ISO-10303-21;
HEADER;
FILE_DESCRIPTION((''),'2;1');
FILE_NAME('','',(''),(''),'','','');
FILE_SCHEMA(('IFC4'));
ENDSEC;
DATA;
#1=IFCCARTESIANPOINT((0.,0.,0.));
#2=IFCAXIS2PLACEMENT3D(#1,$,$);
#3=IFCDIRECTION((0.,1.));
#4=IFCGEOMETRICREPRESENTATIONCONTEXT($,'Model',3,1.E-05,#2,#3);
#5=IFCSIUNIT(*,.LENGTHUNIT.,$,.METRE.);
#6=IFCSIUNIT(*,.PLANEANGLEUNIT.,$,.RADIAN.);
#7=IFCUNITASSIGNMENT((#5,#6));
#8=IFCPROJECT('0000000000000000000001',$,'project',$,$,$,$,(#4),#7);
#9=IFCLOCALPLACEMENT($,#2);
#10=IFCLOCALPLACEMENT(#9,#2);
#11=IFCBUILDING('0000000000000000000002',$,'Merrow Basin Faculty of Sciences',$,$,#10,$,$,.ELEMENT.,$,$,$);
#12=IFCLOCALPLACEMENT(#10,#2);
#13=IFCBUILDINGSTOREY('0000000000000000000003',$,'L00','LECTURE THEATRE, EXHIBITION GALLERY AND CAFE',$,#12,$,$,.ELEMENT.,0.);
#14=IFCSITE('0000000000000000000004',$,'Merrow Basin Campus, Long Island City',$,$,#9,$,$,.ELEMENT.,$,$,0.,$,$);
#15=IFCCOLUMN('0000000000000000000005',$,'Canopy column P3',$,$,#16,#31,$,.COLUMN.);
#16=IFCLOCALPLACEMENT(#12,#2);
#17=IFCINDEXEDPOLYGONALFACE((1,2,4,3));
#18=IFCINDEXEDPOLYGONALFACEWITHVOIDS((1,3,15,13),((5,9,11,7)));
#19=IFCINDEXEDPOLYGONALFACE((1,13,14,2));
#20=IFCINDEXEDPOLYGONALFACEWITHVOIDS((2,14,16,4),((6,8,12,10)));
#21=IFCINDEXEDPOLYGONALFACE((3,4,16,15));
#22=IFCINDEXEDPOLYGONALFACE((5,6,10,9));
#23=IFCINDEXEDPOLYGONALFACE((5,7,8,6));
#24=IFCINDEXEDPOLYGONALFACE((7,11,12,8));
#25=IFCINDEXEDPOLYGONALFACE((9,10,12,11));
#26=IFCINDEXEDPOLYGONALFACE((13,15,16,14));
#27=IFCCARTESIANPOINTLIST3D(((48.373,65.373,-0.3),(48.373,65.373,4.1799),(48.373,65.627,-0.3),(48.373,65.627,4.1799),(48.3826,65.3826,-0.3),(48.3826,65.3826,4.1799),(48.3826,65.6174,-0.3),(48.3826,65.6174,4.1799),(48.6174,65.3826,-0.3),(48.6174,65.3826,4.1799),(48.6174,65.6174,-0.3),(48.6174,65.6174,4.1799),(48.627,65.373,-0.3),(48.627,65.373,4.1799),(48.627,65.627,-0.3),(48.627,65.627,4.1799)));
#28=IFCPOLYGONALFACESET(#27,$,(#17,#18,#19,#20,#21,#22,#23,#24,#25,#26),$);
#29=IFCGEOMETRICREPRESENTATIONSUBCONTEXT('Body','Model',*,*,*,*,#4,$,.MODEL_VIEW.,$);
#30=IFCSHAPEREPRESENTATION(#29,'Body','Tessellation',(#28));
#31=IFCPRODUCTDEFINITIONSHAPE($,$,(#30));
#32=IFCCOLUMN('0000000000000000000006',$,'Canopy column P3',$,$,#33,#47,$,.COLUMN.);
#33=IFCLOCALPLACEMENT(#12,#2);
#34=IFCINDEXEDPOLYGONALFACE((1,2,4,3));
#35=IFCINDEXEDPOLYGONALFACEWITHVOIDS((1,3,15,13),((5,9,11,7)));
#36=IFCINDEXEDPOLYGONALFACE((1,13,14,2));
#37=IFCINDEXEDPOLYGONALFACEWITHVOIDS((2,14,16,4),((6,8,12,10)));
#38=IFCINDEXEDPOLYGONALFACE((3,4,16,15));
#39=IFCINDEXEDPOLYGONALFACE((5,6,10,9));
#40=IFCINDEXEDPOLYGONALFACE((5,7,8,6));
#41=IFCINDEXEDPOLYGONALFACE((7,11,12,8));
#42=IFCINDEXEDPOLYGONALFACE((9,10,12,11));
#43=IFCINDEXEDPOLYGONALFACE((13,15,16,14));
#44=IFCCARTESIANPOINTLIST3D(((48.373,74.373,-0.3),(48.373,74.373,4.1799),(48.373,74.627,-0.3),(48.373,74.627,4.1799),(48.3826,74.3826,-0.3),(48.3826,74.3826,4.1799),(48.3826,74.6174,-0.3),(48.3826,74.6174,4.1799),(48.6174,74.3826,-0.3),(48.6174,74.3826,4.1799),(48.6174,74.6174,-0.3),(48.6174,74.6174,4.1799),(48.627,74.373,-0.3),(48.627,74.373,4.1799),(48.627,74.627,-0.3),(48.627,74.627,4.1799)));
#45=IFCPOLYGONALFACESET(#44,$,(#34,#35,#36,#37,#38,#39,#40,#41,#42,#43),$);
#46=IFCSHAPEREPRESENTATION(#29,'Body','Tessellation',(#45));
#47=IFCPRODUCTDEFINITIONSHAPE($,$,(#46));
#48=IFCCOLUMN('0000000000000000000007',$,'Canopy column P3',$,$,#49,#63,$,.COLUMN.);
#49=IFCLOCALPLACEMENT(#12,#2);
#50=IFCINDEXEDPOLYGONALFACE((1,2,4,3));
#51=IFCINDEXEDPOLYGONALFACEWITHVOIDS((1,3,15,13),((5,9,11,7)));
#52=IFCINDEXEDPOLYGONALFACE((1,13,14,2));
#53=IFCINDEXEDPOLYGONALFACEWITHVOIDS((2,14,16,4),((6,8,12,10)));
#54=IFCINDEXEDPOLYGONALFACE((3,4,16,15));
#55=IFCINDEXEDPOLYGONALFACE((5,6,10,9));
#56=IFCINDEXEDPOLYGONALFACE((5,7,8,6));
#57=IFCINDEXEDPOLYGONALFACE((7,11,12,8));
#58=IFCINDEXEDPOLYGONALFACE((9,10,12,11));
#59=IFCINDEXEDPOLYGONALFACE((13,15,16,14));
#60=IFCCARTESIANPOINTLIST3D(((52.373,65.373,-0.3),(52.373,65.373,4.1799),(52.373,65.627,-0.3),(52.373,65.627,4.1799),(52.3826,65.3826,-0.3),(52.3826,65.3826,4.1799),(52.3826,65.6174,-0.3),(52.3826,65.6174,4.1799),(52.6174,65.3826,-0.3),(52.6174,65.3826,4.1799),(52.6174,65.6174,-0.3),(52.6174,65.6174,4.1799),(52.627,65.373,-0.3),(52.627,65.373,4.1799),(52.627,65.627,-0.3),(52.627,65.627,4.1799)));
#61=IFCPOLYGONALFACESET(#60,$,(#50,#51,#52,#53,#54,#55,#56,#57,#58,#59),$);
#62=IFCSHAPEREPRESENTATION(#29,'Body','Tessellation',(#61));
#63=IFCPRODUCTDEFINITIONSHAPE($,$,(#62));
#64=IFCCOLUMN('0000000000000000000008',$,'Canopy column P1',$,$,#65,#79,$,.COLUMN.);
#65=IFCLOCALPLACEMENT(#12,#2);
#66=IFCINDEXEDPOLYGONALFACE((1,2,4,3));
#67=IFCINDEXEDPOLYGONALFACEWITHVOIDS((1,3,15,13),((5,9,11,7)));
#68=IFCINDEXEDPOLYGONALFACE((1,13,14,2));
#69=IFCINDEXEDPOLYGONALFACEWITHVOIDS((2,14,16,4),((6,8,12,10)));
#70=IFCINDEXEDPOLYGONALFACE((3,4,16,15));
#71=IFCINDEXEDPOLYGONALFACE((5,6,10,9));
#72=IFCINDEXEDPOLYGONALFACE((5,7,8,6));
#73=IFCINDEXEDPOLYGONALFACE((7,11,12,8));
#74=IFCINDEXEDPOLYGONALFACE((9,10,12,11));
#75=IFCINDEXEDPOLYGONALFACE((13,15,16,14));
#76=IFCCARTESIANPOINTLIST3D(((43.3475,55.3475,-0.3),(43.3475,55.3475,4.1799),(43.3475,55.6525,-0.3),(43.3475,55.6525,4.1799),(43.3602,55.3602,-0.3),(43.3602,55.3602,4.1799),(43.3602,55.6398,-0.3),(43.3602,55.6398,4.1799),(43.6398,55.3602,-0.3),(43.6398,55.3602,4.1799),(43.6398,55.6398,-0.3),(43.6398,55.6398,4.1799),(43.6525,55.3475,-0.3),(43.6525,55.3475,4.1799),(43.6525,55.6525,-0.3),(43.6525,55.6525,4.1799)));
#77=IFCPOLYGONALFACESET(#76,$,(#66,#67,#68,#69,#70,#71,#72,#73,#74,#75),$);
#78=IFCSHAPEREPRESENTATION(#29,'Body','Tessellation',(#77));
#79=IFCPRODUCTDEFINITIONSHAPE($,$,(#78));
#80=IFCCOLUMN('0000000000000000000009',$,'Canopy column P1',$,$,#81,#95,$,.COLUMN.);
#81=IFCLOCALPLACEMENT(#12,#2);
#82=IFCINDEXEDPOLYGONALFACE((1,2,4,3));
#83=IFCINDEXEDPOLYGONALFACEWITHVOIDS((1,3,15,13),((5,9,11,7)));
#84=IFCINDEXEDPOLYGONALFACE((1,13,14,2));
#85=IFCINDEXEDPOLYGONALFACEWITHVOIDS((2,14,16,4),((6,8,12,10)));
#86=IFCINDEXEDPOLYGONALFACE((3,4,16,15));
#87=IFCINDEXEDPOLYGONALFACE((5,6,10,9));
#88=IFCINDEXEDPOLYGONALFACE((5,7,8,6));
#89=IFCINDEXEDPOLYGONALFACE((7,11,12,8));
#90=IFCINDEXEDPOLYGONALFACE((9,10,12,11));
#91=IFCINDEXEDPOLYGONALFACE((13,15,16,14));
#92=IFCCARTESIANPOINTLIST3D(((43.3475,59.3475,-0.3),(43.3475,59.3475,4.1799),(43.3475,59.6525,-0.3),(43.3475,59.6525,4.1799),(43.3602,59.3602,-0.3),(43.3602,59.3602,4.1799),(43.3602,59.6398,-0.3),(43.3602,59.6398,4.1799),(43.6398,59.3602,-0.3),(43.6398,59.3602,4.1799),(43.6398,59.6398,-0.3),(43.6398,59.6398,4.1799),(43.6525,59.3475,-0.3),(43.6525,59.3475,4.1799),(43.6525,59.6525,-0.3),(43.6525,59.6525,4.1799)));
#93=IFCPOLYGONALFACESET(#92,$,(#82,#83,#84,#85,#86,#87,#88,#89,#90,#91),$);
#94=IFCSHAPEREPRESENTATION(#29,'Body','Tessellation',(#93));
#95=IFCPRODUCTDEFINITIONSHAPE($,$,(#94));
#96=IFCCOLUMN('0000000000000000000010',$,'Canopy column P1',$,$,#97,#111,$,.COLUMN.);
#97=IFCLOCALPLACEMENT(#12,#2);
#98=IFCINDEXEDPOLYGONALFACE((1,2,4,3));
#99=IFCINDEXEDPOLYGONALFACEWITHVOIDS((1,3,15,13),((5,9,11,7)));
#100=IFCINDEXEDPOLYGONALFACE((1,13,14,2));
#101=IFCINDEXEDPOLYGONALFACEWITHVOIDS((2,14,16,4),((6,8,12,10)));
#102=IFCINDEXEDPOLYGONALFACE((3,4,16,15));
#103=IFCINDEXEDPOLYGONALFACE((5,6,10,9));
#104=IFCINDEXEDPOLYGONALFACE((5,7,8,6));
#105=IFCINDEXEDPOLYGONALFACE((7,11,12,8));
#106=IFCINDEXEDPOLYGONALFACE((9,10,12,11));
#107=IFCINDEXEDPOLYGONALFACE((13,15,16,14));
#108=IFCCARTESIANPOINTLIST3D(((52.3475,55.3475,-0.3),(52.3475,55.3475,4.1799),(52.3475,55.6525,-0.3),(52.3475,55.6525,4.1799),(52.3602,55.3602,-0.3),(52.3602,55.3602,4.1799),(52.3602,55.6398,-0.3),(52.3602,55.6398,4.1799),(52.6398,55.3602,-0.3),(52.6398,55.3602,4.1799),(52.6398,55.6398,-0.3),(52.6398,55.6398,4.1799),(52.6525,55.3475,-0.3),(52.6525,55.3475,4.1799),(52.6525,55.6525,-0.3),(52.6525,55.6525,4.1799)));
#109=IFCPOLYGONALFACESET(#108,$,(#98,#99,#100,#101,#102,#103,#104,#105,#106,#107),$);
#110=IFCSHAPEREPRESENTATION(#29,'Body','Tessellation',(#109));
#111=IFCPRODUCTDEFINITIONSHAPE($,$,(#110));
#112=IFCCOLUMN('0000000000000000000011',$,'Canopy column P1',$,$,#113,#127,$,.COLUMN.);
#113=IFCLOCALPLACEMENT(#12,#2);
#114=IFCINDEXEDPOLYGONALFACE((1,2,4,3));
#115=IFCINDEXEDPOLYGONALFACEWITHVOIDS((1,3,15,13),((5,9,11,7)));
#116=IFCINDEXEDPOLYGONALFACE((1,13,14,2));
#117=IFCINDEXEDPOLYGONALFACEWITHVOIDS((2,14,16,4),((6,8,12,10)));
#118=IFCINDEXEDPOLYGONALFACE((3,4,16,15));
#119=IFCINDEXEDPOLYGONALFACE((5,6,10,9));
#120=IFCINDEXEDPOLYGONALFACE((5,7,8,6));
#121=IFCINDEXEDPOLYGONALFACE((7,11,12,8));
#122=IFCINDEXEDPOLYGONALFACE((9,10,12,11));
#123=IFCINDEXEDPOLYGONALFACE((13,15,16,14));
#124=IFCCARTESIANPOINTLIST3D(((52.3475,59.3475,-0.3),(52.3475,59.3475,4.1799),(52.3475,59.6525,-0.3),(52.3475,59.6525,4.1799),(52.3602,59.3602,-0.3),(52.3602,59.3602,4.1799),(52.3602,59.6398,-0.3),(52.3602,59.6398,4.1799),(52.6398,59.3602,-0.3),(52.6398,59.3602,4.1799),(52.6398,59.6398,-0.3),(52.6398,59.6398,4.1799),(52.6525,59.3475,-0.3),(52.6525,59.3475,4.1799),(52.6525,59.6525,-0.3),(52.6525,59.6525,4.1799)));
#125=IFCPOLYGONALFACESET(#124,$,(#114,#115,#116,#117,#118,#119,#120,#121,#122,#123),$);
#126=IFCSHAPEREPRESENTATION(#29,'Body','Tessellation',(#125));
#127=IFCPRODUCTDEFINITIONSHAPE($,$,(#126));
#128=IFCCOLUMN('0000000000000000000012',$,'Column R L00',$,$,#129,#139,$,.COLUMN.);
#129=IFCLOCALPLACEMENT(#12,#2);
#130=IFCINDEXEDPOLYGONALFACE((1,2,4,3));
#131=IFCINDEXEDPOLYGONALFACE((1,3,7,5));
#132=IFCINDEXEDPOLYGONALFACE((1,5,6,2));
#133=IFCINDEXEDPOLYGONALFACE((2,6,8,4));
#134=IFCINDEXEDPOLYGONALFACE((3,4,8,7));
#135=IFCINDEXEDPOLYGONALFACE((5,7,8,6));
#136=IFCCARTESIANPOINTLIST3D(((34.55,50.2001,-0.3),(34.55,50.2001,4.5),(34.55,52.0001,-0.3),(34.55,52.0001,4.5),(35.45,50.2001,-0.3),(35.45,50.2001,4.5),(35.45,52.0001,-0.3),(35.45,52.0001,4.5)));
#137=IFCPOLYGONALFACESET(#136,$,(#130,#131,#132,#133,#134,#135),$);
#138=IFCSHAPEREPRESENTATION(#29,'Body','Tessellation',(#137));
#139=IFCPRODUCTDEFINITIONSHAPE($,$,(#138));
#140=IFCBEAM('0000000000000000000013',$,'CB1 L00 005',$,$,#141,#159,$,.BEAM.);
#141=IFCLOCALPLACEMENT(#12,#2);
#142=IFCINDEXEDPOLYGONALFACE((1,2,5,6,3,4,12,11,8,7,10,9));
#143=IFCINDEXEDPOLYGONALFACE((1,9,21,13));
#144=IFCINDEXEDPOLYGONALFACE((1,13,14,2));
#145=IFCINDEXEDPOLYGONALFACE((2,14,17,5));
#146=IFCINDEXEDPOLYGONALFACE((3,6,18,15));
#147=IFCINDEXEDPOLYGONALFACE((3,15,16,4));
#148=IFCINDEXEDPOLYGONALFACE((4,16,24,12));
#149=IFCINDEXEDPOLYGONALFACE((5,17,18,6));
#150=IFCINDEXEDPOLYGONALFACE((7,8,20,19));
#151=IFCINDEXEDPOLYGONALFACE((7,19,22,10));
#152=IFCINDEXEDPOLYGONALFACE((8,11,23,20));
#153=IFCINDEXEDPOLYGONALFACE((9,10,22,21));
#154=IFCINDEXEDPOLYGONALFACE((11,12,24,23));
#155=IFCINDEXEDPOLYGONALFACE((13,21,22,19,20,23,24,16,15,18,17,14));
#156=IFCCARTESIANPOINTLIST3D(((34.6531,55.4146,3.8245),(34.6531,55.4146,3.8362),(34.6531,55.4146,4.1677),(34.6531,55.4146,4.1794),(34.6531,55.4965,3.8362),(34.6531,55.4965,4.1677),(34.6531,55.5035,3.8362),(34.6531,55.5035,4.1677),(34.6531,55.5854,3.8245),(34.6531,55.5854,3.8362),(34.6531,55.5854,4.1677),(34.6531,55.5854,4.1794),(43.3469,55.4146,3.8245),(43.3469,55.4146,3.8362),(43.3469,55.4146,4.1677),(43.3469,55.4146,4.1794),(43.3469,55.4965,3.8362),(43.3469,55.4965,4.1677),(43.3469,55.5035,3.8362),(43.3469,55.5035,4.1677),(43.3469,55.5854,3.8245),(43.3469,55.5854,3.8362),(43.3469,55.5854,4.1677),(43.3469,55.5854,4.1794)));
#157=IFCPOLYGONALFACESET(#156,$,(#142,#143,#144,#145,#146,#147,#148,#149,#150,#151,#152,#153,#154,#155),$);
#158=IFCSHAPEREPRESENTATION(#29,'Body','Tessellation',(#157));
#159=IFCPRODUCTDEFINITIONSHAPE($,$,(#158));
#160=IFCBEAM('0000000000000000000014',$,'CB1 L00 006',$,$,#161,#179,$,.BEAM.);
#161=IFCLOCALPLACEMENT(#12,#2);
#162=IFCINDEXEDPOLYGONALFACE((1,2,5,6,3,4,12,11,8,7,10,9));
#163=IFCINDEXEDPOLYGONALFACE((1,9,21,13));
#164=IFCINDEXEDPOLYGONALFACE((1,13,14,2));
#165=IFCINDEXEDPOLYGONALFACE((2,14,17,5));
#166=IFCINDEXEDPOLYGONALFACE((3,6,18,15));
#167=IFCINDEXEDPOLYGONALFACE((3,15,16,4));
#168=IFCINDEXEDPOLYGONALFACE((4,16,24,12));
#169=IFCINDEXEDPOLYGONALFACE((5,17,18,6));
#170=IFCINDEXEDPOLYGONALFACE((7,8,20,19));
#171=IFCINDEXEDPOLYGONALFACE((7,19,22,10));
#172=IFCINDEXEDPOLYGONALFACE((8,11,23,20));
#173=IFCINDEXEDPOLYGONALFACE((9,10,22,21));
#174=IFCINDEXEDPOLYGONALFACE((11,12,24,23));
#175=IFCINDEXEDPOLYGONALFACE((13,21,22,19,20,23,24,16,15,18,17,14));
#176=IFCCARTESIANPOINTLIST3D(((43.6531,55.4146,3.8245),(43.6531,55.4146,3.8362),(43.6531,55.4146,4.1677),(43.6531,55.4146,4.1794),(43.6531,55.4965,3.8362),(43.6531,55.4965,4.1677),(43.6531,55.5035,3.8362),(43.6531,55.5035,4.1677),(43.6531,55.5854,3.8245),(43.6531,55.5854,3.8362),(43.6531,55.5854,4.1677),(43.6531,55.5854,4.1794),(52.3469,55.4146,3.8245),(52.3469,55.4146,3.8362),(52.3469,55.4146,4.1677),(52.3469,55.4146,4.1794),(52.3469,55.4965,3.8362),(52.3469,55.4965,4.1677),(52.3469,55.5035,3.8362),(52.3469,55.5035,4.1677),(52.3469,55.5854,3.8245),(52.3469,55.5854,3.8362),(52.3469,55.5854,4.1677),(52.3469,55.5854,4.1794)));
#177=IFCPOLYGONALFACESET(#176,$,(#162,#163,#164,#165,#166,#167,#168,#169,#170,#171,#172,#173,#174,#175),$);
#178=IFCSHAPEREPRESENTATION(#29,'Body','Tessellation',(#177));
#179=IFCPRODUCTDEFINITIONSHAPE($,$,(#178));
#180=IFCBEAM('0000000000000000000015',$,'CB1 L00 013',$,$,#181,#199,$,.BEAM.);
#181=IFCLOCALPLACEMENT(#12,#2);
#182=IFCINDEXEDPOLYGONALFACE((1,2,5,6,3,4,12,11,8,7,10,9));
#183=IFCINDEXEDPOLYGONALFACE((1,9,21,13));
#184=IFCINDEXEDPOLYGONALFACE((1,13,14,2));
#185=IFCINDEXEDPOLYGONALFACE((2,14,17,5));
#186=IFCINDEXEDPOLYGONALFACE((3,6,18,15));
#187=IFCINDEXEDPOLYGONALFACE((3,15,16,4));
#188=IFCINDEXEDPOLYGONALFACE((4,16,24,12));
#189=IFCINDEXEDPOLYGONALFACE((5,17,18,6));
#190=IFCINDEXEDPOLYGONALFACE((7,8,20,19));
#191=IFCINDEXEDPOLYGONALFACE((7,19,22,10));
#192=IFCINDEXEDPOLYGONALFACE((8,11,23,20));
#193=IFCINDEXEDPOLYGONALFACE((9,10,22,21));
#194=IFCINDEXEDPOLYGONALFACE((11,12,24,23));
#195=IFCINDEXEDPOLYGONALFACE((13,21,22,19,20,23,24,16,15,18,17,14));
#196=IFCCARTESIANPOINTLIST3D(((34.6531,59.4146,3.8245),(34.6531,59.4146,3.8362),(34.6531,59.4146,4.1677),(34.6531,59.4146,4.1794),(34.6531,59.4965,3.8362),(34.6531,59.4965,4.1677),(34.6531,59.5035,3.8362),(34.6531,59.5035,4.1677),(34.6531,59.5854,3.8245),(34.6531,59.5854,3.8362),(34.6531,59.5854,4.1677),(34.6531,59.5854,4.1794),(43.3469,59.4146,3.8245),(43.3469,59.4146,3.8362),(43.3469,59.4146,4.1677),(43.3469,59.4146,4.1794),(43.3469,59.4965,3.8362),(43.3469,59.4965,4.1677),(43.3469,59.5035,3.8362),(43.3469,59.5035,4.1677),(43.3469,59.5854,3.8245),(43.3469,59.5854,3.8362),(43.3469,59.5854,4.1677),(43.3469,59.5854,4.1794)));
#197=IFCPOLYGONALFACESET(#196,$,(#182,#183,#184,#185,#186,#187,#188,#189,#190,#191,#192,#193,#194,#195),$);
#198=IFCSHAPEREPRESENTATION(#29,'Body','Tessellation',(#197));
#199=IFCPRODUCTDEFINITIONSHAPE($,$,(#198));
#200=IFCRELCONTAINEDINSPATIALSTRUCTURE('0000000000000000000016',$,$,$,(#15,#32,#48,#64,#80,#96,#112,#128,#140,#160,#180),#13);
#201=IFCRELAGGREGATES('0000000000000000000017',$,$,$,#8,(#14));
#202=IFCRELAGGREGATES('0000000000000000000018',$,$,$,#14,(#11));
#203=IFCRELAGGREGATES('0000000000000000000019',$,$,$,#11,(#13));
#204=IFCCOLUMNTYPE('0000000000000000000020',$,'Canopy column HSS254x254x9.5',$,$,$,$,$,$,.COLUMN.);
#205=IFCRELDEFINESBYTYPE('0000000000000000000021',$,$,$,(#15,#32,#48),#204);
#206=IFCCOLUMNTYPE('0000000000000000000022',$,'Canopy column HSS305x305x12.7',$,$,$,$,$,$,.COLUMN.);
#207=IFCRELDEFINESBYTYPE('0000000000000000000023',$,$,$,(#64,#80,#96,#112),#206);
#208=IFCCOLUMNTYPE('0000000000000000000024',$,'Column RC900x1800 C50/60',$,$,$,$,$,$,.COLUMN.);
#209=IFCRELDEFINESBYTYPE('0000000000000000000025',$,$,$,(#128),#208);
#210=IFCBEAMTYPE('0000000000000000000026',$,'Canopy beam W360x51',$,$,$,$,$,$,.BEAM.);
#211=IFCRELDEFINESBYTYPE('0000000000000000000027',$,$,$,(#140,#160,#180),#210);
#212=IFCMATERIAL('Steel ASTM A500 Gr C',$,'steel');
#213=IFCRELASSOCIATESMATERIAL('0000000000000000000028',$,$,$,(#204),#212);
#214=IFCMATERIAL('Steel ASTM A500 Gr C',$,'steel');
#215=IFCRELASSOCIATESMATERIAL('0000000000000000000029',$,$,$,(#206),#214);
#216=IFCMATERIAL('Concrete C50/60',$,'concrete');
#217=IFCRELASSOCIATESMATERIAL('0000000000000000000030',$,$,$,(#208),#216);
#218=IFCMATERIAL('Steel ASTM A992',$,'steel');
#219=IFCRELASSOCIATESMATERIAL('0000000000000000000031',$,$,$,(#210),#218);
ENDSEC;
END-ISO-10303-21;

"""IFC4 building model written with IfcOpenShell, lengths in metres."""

from ifc_helpers import new_model, si_unit, direction, frame, origin, origin_2d, place, context, subcontext, project, spatial, rectangle, hollow_rectangle, i_section, extrude, material, material_profile, profile_set, type_object, element, save


model = new_model("IFC4")

# Units and contexts
model_context = context("Model", 3, precision=1e-05, world=origin(), true_north=direction((0.0, 1.0)))
body_context = subcontext(model_context, "Body", "Model", "MODEL_VIEW")
ifc_project = project(units=[si_unit("LENGTHUNIT", "METRE"), si_unit("PLANEANGLEUNIT", "RADIAN")], contexts=[model_context])

# Site, building, storey
site_placement = place(None, origin())
site = spatial("IfcSite", under=ifc_project, at=site_placement, Name="Merrow Basin Campus, Long Island City", CompositionType="ELEMENT", RefElevation=0.0)
building_placement = place(site_placement, origin())
building = spatial("IfcBuilding", under=site, at=building_placement, Name="Merrow Basin Faculty of Sciences", CompositionType="ELEMENT")
storey_placement = place(building_placement, origin())
storey = spatial("IfcBuildingStorey", under=building, at=storey_placement, Name="L00", Description="LECTURE THEATRE, EXHIBITION GALLERY AND CAFE", CompositionType="ELEMENT", Elevation=0.0)

# Columns
ifc_material_1 = material(Name="Steel ASTM A500 Gr C", Category="steel")
ifc_material_profile_1 = material_profile(ifc_material_1, hollow_rectangle(XDim=0.2539, YDim=0.2539, WallThickness=0.0095, at=origin_2d()))
ifc_profile_set_1 = profile_set([ifc_material_profile_1], Name="Steel ASTM A500 Gr C")
column_type_1 = type_object("IfcColumnType", Name="Canopy column HSS254x254x9.5", PredefinedType="COLUMN", material=ifc_profile_set_1)
for number, where, z_axis, x_axis, name in (
    (1, (48.5, 65.5, -0.3), (0.0, 0.0, 1.0), (1.0, 0.0, 0.0), "Canopy column P3"),
    (2, (48.5, 74.5, -0.3), (0.0, 0.0, 1.0), (1.0, 0.0, 0.0), "Canopy column P3"),
    (3, (52.5, 65.5, -0.3), (0.0, 0.0, 1.0), (1.0, 0.0, 0.0), "Canopy column P3"),
):
    element("IfcColumn", number, at=place(storey_placement, frame(where, z_axis=z_axis, x_axis=x_axis)), inside=storey, type_object=column_type_1, Name=name, PredefinedType="COLUMN", context=body_context, shape_type="SweptSolid", body=[
        extrude(hollow_rectangle(XDim=0.2539, YDim=0.2539, WallThickness=0.0095, at=origin_2d()), origin(), (0.0, 0.0, 1.0), 4.48),
    ])
ifc_material_2 = material(Name="Steel ASTM A500 Gr C", Category="steel")
ifc_material_profile_2 = material_profile(ifc_material_2, hollow_rectangle(XDim=0.3049, YDim=0.3049, WallThickness=0.0127, at=origin_2d()))
ifc_profile_set_2 = profile_set([ifc_material_profile_2], Name="Steel ASTM A500 Gr C")
column_type_2 = type_object("IfcColumnType", Name="Canopy column HSS305x305x12.7", PredefinedType="COLUMN", material=ifc_profile_set_2)
for number, where, z_axis, x_axis, name in (
    (4, (43.5, 55.5, -0.3), (0.0, 0.0, 1.0), (1.0, 0.0, 0.0), "Canopy column P1"),
    (5, (43.5, 59.5, -0.3), (0.0, 0.0, 1.0), (1.0, 0.0, 0.0), "Canopy column P1"),
    (6, (52.5, 55.5, -0.3), (0.0, 0.0, 1.0), (1.0, 0.0, 0.0), "Canopy column P1"),
    (7, (52.5, 59.5, -0.3), (0.0, 0.0, 1.0), (1.0, 0.0, 0.0), "Canopy column P1"),
):
    element("IfcColumn", number, at=place(storey_placement, frame(where, z_axis=z_axis, x_axis=x_axis)), inside=storey, type_object=column_type_2, Name=name, PredefinedType="COLUMN", context=body_context, shape_type="SweptSolid", body=[
        extrude(hollow_rectangle(XDim=0.3049, YDim=0.3049, WallThickness=0.0127, at=origin_2d()), origin(), (0.0, 0.0, 1.0), 4.48),
    ])
ifc_material_3 = material(Name="Concrete C50/60", Category="concrete")
ifc_material_profile_3 = material_profile(ifc_material_3, rectangle(XDim=0.8999, YDim=1.8, at=origin_2d()))
ifc_profile_set_3 = profile_set([ifc_material_profile_3], Name="Concrete C50/60")
column_type_3 = type_object("IfcColumnType", Name="Column RC900x1800 C50/60", PredefinedType="COLUMN", material=ifc_profile_set_3)
column_placement = place(storey_placement, frame((35.0, 51.1001, -0.3), z_axis=(0.0, 0.0, 1.0), x_axis=(1.0, 0.0, 0.0)))
element("IfcColumn", 8, at=column_placement, inside=storey, type_object=column_type_3, Name="Column R L00", PredefinedType="COLUMN", context=body_context, shape_type="SweptSolid", body=[
    extrude(rectangle(XDim=0.8999, YDim=1.8, at=origin_2d()), origin(), (0.0, 0.0, 1.0), 4.8),
])

# Beams
ifc_material_4 = material(Name="Steel ASTM A992", Category="steel")
ifc_material_profile_4 = material_profile(ifc_material_4, i_section(OverallWidth=0.1709, OverallDepth=0.355, WebThickness=0.0071, FlangeThickness=0.0117, at=origin_2d()))
ifc_profile_set_4 = profile_set([ifc_material_profile_4], Name="Steel ASTM A992")
beam_type = type_object("IfcBeamType", Name="Canopy beam W360x51", PredefinedType="BEAM", material=ifc_profile_set_4)
for number, where, z_axis, x_axis, name in (
    (9, (34.6531, 55.5, 4.002), (1.0, 0.0, 0.0), (0.0, 1.0, 0.0), "CB1 L00 005"),
    (10, (43.6531, 55.5, 4.002), (1.0, 0.0, 0.0), (0.0, 1.0, 0.0), "CB1 L00 006"),
    (11, (34.6531, 59.5, 4.002), (1.0, 0.0, 0.0), (0.0, 1.0, 0.0), "CB1 L00 013"),
):
    element("IfcBeam", number, at=place(storey_placement, frame(where, z_axis=z_axis, x_axis=x_axis)), inside=storey, type_object=beam_type, Name=name, PredefinedType="BEAM", context=body_context, shape_type="SweptSolid", body=[
        extrude(i_section(OverallWidth=0.1709, OverallDepth=0.355, WebThickness=0.0071, FlangeThickness=0.0117, at=origin_2d()), origin(), (0.0, 0.0, 1.0), 8.6938),
    ])

save(model, "model.ifc")
